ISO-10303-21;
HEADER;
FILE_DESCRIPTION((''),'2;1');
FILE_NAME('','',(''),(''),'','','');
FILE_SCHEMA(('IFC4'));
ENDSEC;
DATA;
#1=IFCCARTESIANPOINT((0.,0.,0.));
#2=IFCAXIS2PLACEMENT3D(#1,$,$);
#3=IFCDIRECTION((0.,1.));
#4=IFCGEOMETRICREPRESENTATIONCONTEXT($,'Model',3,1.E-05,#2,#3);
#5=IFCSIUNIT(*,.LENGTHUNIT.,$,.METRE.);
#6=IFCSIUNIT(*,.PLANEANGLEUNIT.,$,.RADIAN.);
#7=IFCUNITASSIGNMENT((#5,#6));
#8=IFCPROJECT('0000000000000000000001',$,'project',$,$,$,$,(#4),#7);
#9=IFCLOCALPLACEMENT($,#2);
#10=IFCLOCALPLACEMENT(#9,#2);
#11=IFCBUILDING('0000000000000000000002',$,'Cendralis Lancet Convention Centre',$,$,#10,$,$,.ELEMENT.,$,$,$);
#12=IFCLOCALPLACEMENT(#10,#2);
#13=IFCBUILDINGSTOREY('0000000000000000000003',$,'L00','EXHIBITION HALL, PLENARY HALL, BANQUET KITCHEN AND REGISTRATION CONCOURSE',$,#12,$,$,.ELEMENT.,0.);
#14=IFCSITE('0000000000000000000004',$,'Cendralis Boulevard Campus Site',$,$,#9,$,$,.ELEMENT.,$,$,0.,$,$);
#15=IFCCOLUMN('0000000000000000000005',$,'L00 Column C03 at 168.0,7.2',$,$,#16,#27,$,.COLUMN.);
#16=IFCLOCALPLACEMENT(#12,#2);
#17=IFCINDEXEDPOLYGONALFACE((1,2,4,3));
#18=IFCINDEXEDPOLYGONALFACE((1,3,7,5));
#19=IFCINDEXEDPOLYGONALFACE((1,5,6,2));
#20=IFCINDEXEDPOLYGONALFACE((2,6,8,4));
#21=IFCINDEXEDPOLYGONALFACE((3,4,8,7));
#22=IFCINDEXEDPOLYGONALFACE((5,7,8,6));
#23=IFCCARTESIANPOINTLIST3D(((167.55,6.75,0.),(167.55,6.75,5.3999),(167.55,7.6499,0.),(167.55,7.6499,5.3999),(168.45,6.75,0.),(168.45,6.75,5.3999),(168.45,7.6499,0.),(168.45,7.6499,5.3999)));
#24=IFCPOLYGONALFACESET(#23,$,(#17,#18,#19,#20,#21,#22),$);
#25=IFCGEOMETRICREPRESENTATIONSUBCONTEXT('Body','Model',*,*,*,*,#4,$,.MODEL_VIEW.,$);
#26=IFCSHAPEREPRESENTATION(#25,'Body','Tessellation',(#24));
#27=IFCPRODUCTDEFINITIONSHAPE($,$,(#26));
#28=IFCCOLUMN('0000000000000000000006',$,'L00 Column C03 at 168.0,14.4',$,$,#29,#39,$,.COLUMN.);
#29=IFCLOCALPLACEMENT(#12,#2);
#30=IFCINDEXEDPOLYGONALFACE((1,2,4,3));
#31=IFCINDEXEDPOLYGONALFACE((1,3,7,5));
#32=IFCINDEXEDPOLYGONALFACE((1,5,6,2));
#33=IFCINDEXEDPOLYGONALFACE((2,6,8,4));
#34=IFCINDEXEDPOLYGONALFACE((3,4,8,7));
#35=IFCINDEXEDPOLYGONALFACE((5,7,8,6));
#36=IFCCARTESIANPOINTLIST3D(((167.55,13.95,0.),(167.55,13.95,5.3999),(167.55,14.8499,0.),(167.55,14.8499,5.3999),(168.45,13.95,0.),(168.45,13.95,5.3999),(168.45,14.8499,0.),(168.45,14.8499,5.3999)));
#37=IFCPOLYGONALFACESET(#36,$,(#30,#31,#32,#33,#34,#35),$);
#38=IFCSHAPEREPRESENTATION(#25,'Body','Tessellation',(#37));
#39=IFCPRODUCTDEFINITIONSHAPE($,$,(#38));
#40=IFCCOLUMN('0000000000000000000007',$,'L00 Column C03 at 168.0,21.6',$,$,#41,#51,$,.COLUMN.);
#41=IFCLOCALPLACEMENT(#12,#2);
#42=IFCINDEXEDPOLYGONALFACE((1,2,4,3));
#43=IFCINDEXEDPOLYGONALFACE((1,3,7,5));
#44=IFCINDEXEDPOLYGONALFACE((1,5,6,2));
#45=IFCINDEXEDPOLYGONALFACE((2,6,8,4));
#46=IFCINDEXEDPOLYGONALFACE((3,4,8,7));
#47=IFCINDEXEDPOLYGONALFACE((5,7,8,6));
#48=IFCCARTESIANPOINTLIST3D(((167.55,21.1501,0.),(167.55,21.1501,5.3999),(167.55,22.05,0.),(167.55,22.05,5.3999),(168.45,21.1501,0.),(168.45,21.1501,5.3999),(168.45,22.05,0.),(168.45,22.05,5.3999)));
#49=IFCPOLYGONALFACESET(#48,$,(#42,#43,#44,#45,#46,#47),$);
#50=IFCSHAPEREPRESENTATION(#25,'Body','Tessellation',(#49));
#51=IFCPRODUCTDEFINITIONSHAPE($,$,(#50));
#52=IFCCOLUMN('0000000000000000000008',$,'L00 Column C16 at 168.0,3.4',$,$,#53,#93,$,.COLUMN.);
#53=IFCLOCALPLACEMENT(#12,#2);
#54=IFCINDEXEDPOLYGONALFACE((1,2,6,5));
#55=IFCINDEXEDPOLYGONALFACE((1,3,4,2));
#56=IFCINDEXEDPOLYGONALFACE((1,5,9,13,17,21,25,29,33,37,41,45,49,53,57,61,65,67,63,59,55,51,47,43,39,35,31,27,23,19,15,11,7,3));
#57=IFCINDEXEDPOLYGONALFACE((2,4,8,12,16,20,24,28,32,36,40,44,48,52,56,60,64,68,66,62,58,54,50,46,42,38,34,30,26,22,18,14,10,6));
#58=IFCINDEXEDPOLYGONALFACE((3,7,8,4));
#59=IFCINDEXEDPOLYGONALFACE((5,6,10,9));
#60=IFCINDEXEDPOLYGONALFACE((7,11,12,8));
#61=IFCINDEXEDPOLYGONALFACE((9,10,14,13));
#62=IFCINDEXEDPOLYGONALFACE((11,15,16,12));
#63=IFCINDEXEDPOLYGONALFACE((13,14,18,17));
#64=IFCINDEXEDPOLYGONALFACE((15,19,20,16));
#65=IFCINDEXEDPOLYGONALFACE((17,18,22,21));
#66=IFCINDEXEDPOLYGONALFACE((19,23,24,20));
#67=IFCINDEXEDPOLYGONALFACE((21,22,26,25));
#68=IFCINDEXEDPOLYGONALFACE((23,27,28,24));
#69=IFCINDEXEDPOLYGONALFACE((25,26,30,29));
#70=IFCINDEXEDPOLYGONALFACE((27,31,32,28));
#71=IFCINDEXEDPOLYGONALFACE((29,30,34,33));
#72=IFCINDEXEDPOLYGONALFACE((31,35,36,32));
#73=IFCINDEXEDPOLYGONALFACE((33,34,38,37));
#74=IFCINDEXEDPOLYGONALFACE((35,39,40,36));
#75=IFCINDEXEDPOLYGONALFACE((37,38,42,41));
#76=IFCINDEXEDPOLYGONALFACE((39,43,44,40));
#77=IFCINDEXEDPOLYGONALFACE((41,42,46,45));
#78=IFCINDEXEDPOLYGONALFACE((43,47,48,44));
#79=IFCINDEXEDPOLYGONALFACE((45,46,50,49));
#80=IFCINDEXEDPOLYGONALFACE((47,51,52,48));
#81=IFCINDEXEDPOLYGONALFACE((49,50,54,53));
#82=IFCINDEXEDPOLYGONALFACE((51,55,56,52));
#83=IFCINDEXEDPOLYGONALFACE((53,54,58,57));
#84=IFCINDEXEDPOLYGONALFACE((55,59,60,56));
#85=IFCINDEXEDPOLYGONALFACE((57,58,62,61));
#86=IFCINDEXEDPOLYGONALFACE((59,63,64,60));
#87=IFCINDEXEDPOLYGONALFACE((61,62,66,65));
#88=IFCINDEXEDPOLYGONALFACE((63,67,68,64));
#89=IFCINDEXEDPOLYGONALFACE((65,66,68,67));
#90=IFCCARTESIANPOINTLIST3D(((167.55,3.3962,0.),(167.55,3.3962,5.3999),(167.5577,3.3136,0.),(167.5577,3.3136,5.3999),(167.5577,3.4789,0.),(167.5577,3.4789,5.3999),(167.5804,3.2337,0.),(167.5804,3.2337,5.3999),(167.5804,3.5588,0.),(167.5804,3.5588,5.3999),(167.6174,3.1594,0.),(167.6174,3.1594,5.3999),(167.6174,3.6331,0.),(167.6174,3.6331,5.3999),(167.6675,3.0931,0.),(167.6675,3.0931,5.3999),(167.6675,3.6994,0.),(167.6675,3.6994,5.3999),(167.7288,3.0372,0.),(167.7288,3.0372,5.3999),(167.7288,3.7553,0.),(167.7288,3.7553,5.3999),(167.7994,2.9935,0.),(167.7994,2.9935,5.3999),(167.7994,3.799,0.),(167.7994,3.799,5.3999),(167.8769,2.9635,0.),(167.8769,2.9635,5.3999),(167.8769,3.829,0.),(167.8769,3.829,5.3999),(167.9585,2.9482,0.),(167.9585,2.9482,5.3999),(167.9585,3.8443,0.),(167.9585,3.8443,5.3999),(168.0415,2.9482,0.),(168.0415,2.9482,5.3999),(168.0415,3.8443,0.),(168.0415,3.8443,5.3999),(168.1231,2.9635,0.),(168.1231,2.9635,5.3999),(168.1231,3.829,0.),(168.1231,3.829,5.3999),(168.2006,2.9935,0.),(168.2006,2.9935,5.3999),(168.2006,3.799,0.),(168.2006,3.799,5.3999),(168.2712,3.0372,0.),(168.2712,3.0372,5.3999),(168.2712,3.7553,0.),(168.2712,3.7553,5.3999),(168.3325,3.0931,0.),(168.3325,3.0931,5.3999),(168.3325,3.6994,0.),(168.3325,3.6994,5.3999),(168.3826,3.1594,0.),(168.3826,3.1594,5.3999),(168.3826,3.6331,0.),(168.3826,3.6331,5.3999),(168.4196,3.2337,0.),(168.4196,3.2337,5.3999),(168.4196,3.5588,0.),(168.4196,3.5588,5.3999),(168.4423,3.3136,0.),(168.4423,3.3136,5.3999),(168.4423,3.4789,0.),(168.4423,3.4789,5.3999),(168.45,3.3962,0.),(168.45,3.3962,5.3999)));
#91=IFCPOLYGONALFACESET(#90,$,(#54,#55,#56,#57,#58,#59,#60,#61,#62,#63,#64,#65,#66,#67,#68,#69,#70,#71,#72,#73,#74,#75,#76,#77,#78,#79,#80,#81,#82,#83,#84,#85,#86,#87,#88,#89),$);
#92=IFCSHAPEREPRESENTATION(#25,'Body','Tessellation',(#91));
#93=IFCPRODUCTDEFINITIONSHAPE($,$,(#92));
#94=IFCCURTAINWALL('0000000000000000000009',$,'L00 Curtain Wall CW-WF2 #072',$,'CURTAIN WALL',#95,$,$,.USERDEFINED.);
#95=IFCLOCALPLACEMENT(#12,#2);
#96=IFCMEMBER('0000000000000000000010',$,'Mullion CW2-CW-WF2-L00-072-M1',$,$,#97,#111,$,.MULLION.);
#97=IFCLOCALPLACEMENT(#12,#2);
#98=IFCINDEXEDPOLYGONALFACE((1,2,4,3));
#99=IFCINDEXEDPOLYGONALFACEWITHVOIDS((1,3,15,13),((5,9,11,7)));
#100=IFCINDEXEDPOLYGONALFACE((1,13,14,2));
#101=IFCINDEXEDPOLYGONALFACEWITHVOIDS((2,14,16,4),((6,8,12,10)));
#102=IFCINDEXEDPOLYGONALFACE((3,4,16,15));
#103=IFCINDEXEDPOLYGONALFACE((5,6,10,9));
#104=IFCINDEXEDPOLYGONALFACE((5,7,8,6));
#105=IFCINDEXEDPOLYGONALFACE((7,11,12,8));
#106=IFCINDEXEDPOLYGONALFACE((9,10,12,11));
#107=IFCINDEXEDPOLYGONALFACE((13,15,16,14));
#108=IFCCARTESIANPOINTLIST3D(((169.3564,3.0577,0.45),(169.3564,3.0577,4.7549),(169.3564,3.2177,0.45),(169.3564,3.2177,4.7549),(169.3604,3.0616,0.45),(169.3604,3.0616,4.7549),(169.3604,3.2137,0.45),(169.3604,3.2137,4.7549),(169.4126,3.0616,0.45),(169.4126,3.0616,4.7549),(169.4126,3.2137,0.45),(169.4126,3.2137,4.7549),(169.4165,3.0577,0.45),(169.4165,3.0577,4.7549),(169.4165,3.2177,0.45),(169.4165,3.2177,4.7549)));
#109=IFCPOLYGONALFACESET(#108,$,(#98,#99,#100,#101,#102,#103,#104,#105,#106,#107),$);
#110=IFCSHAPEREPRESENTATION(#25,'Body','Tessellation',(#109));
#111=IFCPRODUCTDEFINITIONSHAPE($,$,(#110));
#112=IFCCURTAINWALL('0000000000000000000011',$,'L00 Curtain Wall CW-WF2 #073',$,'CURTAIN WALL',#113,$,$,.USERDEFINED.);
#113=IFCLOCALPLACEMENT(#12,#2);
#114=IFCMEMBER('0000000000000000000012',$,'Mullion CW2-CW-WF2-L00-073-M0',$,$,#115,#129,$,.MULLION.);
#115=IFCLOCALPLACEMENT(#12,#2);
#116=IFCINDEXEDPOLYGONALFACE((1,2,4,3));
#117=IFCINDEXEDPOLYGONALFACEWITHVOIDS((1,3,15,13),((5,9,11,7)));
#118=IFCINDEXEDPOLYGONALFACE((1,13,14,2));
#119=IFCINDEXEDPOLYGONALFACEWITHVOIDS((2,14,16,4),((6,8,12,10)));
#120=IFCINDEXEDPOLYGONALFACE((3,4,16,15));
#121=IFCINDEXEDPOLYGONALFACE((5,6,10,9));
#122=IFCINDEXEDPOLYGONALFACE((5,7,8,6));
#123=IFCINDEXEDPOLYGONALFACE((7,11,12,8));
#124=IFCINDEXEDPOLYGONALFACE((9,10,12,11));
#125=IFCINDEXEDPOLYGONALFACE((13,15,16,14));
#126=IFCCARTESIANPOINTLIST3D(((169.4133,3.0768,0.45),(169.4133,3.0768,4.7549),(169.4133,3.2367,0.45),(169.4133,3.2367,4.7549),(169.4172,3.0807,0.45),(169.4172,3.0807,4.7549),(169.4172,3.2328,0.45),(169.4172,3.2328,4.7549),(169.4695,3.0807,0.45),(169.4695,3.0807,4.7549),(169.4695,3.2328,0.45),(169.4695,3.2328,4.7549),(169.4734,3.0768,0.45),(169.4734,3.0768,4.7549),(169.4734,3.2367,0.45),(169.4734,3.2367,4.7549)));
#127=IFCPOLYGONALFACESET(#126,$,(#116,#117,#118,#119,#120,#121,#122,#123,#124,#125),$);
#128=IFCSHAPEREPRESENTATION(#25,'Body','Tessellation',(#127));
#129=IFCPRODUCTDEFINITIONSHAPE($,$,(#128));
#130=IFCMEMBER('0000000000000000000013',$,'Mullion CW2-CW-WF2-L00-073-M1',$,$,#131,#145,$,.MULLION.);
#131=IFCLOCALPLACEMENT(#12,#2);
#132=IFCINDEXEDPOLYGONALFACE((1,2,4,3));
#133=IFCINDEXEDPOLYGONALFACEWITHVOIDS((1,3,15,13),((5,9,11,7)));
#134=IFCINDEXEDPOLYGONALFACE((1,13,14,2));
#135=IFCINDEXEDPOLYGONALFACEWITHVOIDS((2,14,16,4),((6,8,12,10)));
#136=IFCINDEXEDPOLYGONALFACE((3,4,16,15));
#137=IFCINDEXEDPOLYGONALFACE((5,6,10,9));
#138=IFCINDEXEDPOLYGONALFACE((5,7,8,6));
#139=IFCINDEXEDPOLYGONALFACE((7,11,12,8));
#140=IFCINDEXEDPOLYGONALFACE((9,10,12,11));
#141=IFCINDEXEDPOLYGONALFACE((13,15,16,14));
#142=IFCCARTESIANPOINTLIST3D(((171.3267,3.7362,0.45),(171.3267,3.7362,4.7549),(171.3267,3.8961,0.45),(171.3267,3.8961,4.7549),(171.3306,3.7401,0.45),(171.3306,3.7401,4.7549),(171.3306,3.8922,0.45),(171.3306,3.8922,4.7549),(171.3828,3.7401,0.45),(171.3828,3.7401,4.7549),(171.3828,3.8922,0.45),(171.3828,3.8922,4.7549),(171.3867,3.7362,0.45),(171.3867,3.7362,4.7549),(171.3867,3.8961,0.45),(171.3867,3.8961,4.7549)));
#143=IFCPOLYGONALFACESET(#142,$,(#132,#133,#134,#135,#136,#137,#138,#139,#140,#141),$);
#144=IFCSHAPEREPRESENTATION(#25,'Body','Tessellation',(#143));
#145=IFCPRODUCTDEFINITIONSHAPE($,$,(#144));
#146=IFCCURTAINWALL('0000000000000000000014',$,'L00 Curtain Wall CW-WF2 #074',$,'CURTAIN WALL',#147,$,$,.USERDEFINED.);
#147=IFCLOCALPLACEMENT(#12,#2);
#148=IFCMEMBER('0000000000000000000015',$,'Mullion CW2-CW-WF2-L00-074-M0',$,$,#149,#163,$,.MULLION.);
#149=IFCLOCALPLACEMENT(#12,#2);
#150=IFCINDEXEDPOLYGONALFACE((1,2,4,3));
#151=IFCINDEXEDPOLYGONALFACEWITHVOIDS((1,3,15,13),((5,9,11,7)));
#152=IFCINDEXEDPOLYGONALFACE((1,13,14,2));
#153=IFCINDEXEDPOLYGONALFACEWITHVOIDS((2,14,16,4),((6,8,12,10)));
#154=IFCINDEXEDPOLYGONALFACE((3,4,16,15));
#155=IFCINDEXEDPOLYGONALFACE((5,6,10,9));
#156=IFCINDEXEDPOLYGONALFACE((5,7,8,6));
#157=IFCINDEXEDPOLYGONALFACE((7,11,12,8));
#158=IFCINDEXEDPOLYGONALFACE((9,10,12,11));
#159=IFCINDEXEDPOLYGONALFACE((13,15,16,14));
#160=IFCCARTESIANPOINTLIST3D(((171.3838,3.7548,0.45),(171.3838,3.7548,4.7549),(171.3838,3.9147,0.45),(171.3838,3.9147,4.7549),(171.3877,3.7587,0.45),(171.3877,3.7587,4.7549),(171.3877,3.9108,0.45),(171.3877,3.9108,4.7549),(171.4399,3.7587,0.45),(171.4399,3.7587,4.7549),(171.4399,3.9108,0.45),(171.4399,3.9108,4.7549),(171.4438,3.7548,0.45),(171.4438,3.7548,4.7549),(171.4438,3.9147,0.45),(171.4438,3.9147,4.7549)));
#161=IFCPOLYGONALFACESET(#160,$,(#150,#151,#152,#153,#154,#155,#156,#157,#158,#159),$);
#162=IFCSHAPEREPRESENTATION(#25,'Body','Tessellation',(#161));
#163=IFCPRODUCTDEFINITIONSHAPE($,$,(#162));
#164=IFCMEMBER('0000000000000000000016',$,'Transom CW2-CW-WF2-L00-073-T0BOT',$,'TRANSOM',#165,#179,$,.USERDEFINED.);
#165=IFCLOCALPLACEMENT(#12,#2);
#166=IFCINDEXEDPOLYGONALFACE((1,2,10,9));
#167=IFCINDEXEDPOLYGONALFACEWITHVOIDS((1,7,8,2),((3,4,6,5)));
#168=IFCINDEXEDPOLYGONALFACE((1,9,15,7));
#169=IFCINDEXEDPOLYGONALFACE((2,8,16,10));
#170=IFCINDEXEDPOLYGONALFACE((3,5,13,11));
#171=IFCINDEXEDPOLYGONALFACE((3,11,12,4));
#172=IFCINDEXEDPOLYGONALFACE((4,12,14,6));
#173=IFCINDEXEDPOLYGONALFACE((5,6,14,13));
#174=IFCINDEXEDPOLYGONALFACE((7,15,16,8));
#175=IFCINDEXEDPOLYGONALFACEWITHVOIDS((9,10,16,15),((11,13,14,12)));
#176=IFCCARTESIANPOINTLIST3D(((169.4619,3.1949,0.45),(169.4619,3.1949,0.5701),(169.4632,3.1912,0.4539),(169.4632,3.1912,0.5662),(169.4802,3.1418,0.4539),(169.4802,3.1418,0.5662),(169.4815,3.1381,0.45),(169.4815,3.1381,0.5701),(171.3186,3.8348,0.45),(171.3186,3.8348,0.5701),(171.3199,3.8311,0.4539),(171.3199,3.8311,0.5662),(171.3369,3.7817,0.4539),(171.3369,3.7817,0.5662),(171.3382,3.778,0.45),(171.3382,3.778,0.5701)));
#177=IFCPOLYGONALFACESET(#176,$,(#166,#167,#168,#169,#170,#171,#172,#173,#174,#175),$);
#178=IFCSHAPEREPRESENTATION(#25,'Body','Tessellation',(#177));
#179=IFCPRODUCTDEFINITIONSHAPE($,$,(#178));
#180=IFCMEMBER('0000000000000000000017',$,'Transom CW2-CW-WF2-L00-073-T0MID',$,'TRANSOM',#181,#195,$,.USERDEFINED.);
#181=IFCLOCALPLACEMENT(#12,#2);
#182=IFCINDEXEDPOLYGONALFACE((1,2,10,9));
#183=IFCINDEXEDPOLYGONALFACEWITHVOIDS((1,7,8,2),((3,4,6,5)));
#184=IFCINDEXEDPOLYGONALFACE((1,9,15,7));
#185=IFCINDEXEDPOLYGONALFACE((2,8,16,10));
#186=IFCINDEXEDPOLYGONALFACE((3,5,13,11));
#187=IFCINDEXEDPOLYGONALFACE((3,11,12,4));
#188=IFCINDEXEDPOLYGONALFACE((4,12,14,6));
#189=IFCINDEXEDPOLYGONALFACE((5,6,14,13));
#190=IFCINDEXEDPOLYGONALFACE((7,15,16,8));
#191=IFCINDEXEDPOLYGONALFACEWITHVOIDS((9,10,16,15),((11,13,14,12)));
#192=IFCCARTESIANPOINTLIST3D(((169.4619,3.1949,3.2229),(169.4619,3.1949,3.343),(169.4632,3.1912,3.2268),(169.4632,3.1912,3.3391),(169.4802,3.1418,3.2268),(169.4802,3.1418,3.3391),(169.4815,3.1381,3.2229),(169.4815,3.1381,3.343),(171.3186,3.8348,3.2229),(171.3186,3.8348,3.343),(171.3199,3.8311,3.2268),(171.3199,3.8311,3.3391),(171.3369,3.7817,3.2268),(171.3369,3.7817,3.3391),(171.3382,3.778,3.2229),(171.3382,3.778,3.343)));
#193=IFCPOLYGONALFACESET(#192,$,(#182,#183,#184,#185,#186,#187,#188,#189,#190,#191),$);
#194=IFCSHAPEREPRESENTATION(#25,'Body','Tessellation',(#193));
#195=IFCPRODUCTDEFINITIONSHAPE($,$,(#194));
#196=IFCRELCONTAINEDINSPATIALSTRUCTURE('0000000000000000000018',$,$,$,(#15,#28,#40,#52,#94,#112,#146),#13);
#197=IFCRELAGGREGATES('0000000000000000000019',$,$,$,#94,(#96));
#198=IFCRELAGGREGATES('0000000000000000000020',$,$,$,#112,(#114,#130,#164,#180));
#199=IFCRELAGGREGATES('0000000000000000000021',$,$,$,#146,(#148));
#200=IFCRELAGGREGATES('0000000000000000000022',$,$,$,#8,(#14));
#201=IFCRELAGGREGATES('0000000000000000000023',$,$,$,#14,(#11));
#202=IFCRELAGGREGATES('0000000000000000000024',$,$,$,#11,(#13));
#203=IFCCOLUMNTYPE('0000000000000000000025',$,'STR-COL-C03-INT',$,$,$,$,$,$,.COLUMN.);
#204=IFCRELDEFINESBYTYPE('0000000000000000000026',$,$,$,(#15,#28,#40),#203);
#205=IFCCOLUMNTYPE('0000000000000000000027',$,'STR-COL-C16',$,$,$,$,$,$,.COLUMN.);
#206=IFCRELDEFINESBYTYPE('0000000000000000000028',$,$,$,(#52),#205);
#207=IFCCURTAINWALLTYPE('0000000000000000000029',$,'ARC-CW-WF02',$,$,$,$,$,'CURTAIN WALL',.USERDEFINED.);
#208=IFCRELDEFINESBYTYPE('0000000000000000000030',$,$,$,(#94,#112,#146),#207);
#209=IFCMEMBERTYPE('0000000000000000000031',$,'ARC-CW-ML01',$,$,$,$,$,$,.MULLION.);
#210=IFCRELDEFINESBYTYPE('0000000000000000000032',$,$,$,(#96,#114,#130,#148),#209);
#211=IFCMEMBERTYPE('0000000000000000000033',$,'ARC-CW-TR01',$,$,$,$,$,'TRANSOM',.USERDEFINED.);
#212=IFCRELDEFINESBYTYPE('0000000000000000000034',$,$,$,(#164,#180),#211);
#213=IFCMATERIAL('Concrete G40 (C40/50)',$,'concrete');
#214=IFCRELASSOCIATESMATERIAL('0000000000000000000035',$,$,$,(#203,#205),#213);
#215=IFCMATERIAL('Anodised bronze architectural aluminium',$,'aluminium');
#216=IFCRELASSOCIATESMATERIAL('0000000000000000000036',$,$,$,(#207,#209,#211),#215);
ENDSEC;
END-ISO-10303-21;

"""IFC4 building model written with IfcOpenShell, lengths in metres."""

from ifc_helpers import new_model, si_unit, direction, frame, origin, origin_2d, place, context, subcontext, project, spatial, rectangle, hollow_rectangle, circle, extrude, material, material_profile, profile_set, type_object, element, aggregate, save


model = new_model("IFC4")

# Units and contexts
model_context = context("Model", 3, precision=1e-05, world=origin(), true_north=direction((0.0, 1.0)))
body_context = subcontext(model_context, "Body", "Model", "MODEL_VIEW")
ifc_project = project(units=[si_unit("LENGTHUNIT", "METRE"), si_unit("PLANEANGLEUNIT", "RADIAN")], contexts=[model_context])

# Site, building, storey
site_placement = place(None, origin())
site = spatial("IfcSite", under=ifc_project, at=site_placement, Name="Cendralis Boulevard Campus Site", CompositionType="ELEMENT", RefElevation=0.0)
building_placement = place(site_placement, origin())
building = spatial("IfcBuilding", under=site, at=building_placement, Name="Cendralis Lancet Convention Centre", CompositionType="ELEMENT")
storey_placement = place(building_placement, origin())
storey = spatial("IfcBuildingStorey", under=building, at=storey_placement, Name="L00", Description="EXHIBITION HALL, PLENARY HALL, BANQUET KITCHEN AND REGISTRATION CONCOURSE", CompositionType="ELEMENT", Elevation=0.0)

# Columns
ifc_material_1 = material(Name="Concrete G40 (C40/50)", Category="concrete")
ifc_material_profile_1 = material_profile(ifc_material_1, rectangle(XDim=0.8999, YDim=0.8999, at=origin_2d()), Name="RC 900x900")
ifc_profile_set_1 = profile_set([ifc_material_profile_1], Name="Concrete G40 (C40/50)")
column_type_1 = type_object("IfcColumnType", Name="STR-COL-C03-INT", PredefinedType="COLUMN", material=ifc_profile_set_1)
for number, where, z_axis, x_axis, name in (
    (1, (168.0, 7.2, 0.0), (0.0, 0.0, 1.0), (1.0, 0.0, 0.0), "L00 Column C03 at 168.0,7.2"),
    (2, (168.0, 14.3999, 0.0), (0.0, 0.0, 1.0), (1.0, 0.0, 0.0), "L00 Column C03 at 168.0,14.4"),
    (3, (168.0, 21.6001, 0.0), (0.0, 0.0, 1.0), (1.0, 0.0, 0.0), "L00 Column C03 at 168.0,21.6"),
):
    element("IfcColumn", number, at=place(storey_placement, frame(where, z_axis=z_axis, x_axis=x_axis)), inside=storey, type_object=column_type_1, Name=name, PredefinedType="COLUMN", context=body_context, shape_type="SweptSolid", body=[
        extrude(rectangle(XDim=0.8999, YDim=0.8999, at=origin_2d()), origin(), (0.0, 0.0, 1.0), 5.3999),
    ])
ifc_material_profile_2 = material_profile(ifc_material_1, circle(Radius=0.45, at=origin_2d()), Name="RC D900")
ifc_profile_set_2 = profile_set([ifc_material_profile_2], Name="Concrete G40 (C40/50)")
column_type_2 = type_object("IfcColumnType", Name="STR-COL-C16", PredefinedType="COLUMN", material=ifc_profile_set_2)
column_placement = place(storey_placement, frame((168.0, 3.3962, 0.0), z_axis=(0.0, 0.0, 1.0), x_axis=(1.0, 0.0, 0.0)))
element("IfcColumn", 4, at=column_placement, inside=storey, type_object=column_type_2, Name="L00 Column C16 at 168.0,3.4", PredefinedType="COLUMN", context=body_context, shape_type="SweptSolid", body=[
    extrude(circle(Radius=0.45, at=origin_2d()), origin(), (0.0, 0.0, 1.0), 5.3999),
])

# Curtain wall, member
ifc_material_2 = material(Name="Anodised bronze architectural aluminium", Category="aluminium")
curtain_wall_type = type_object("IfcCurtainWallType", Name="ARC-CW-WF02", ElementType="CURTAIN WALL", PredefinedType="USERDEFINED", material=ifc_material_2)
curtain_wall_1_placement = place(storey_placement, origin())
curtain_wall_1 = element("IfcCurtainWall", 5, at=curtain_wall_1_placement, inside=storey, type_object=curtain_wall_type, Name="L00 Curtain Wall CW-WF2 #072", ObjectType="CURTAIN WALL", PredefinedType="USERDEFINED")
ifc_material_profile_3 = material_profile(ifc_material_2, hollow_rectangle(XDim=0.0601, YDim=0.1599, WallThickness=0.0039, at=origin_2d()), Name="AL-MULL 60x160x4.0")
ifc_profile_set_3 = profile_set([ifc_material_profile_3], Name="Anodised bronze architectural aluminium")
member_type_1 = type_object("IfcMemberType", Name="ARC-CW-ML01", PredefinedType="MULLION", material=ifc_profile_set_3)
member_1_placement = place(storey_placement, frame((169.3865, 3.1377, 0.45), z_axis=(0.0, 0.0, 1.0), x_axis=(1.0, 0.0, 0.0)))
member_1 = element("IfcMember", 6, at=member_1_placement, type_object=member_type_1, Name="Mullion CW2-CW-WF2-L00-072-M1", PredefinedType="MULLION", context=body_context, shape_type="SweptSolid", body=[
    extrude(hollow_rectangle(XDim=0.0601, YDim=0.1599, WallThickness=0.0039, at=origin_2d()), origin(), (0.0, 0.0, 1.0), 4.3049),
])
aggregate(curtain_wall_1, [member_1])

# Curtain wall, members
curtain_wall_2_placement = place(storey_placement, origin())
curtain_wall_2 = element("IfcCurtainWall", 7, at=curtain_wall_2_placement, inside=storey, type_object=curtain_wall_type, Name="L00 Curtain Wall CW-WF2 #073", ObjectType="CURTAIN WALL", PredefinedType="USERDEFINED")
member_2_placement = place(storey_placement, frame((169.4434, 3.1567, 0.45), z_axis=(0.0, 0.0, 1.0), x_axis=(1.0, 0.0, 0.0)))
member_2 = element("IfcMember", 8, at=member_2_placement, type_object=member_type_1, Name="Mullion CW2-CW-WF2-L00-073-M0", PredefinedType="MULLION", context=body_context, shape_type="SweptSolid", body=[
    extrude(hollow_rectangle(XDim=0.0601, YDim=0.1599, WallThickness=0.0039, at=origin_2d()), origin(), (0.0, 0.0, 1.0), 4.3049),
])
member_3_placement = place(storey_placement, frame((171.3567, 3.8162, 0.45), z_axis=(0.0, 0.0, 1.0), x_axis=(1.0, 0.0, 0.0)))
member_3 = element("IfcMember", 9, at=member_3_placement, type_object=member_type_1, Name="Mullion CW2-CW-WF2-L00-073-M1", PredefinedType="MULLION", context=body_context, shape_type="SweptSolid", body=[
    extrude(hollow_rectangle(XDim=0.0601, YDim=0.1599, WallThickness=0.0039, at=origin_2d()), origin(), (0.0, 0.0, 1.0), 4.3049),
])

# Curtain wall, member
curtain_wall_3_placement = place(storey_placement, origin())
curtain_wall_3 = element("IfcCurtainWall", 10, at=curtain_wall_3_placement, inside=storey, type_object=curtain_wall_type, Name="L00 Curtain Wall CW-WF2 #074", ObjectType="CURTAIN WALL", PredefinedType="USERDEFINED")
member_4_placement = place(storey_placement, frame((171.4138, 3.8347, 0.45), z_axis=(0.0, 0.0, 1.0), x_axis=(1.0, 0.0, 0.0)))
member_4 = element("IfcMember", 11, at=member_4_placement, type_object=member_type_1, Name="Mullion CW2-CW-WF2-L00-074-M0", PredefinedType="MULLION", context=body_context, shape_type="SweptSolid", body=[
    extrude(hollow_rectangle(XDim=0.0601, YDim=0.1599, WallThickness=0.0039, at=origin_2d()), origin(), (0.0, 0.0, 1.0), 4.3049),
])

# Members
ifc_material_profile_4 = material_profile(ifc_material_2, hollow_rectangle(XDim=0.0601, YDim=0.1201, WallThickness=0.0039, at=origin_2d()), Name="AL-TRAN 60x120x4.0")
ifc_profile_set_4 = profile_set([ifc_material_profile_4], Name="Anodised bronze architectural aluminium")
member_type_2 = type_object("IfcMemberType", Name="ARC-CW-TR01", ElementType="TRANSOM", PredefinedType="USERDEFINED", material=ifc_profile_set_4)
member_5_placement = place(storey_placement, frame((169.4717, 3.1665, 0.51), z_axis=(0.945427, 0.325834, 0.0), x_axis=(-0.325834, 0.945427, 0.0)))
member_5 = element("IfcMember", 12, at=member_5_placement, type_object=member_type_2, Name="Transom CW2-CW-WF2-L00-073-T0BOT", ObjectType="TRANSOM", PredefinedType="USERDEFINED", context=body_context, shape_type="SweptSolid", body=[
    extrude(hollow_rectangle(XDim=0.0601, YDim=0.1201, WallThickness=0.0039, at=origin_2d()), origin(), (0.0, 0.0, 1.0), 1.9639),
])
member_6_placement = place(storey_placement, frame((169.4717, 3.1665, 3.283), z_axis=(0.945427, 0.325834, 0.0), x_axis=(-0.325834, 0.945427, 0.0)))
member_6 = element("IfcMember", 13, at=member_6_placement, type_object=member_type_2, Name="Transom CW2-CW-WF2-L00-073-T0MID", ObjectType="TRANSOM", PredefinedType="USERDEFINED", context=body_context, shape_type="SweptSolid", body=[
    extrude(hollow_rectangle(XDim=0.0601, YDim=0.1201, WallThickness=0.0039, at=origin_2d()), origin(), (0.0, 0.0, 1.0), 1.9639),
])

aggregate(curtain_wall_2, [member_2, member_3, member_5, member_6])
aggregate(curtain_wall_3, [member_4])

save(model, "model.ifc")
